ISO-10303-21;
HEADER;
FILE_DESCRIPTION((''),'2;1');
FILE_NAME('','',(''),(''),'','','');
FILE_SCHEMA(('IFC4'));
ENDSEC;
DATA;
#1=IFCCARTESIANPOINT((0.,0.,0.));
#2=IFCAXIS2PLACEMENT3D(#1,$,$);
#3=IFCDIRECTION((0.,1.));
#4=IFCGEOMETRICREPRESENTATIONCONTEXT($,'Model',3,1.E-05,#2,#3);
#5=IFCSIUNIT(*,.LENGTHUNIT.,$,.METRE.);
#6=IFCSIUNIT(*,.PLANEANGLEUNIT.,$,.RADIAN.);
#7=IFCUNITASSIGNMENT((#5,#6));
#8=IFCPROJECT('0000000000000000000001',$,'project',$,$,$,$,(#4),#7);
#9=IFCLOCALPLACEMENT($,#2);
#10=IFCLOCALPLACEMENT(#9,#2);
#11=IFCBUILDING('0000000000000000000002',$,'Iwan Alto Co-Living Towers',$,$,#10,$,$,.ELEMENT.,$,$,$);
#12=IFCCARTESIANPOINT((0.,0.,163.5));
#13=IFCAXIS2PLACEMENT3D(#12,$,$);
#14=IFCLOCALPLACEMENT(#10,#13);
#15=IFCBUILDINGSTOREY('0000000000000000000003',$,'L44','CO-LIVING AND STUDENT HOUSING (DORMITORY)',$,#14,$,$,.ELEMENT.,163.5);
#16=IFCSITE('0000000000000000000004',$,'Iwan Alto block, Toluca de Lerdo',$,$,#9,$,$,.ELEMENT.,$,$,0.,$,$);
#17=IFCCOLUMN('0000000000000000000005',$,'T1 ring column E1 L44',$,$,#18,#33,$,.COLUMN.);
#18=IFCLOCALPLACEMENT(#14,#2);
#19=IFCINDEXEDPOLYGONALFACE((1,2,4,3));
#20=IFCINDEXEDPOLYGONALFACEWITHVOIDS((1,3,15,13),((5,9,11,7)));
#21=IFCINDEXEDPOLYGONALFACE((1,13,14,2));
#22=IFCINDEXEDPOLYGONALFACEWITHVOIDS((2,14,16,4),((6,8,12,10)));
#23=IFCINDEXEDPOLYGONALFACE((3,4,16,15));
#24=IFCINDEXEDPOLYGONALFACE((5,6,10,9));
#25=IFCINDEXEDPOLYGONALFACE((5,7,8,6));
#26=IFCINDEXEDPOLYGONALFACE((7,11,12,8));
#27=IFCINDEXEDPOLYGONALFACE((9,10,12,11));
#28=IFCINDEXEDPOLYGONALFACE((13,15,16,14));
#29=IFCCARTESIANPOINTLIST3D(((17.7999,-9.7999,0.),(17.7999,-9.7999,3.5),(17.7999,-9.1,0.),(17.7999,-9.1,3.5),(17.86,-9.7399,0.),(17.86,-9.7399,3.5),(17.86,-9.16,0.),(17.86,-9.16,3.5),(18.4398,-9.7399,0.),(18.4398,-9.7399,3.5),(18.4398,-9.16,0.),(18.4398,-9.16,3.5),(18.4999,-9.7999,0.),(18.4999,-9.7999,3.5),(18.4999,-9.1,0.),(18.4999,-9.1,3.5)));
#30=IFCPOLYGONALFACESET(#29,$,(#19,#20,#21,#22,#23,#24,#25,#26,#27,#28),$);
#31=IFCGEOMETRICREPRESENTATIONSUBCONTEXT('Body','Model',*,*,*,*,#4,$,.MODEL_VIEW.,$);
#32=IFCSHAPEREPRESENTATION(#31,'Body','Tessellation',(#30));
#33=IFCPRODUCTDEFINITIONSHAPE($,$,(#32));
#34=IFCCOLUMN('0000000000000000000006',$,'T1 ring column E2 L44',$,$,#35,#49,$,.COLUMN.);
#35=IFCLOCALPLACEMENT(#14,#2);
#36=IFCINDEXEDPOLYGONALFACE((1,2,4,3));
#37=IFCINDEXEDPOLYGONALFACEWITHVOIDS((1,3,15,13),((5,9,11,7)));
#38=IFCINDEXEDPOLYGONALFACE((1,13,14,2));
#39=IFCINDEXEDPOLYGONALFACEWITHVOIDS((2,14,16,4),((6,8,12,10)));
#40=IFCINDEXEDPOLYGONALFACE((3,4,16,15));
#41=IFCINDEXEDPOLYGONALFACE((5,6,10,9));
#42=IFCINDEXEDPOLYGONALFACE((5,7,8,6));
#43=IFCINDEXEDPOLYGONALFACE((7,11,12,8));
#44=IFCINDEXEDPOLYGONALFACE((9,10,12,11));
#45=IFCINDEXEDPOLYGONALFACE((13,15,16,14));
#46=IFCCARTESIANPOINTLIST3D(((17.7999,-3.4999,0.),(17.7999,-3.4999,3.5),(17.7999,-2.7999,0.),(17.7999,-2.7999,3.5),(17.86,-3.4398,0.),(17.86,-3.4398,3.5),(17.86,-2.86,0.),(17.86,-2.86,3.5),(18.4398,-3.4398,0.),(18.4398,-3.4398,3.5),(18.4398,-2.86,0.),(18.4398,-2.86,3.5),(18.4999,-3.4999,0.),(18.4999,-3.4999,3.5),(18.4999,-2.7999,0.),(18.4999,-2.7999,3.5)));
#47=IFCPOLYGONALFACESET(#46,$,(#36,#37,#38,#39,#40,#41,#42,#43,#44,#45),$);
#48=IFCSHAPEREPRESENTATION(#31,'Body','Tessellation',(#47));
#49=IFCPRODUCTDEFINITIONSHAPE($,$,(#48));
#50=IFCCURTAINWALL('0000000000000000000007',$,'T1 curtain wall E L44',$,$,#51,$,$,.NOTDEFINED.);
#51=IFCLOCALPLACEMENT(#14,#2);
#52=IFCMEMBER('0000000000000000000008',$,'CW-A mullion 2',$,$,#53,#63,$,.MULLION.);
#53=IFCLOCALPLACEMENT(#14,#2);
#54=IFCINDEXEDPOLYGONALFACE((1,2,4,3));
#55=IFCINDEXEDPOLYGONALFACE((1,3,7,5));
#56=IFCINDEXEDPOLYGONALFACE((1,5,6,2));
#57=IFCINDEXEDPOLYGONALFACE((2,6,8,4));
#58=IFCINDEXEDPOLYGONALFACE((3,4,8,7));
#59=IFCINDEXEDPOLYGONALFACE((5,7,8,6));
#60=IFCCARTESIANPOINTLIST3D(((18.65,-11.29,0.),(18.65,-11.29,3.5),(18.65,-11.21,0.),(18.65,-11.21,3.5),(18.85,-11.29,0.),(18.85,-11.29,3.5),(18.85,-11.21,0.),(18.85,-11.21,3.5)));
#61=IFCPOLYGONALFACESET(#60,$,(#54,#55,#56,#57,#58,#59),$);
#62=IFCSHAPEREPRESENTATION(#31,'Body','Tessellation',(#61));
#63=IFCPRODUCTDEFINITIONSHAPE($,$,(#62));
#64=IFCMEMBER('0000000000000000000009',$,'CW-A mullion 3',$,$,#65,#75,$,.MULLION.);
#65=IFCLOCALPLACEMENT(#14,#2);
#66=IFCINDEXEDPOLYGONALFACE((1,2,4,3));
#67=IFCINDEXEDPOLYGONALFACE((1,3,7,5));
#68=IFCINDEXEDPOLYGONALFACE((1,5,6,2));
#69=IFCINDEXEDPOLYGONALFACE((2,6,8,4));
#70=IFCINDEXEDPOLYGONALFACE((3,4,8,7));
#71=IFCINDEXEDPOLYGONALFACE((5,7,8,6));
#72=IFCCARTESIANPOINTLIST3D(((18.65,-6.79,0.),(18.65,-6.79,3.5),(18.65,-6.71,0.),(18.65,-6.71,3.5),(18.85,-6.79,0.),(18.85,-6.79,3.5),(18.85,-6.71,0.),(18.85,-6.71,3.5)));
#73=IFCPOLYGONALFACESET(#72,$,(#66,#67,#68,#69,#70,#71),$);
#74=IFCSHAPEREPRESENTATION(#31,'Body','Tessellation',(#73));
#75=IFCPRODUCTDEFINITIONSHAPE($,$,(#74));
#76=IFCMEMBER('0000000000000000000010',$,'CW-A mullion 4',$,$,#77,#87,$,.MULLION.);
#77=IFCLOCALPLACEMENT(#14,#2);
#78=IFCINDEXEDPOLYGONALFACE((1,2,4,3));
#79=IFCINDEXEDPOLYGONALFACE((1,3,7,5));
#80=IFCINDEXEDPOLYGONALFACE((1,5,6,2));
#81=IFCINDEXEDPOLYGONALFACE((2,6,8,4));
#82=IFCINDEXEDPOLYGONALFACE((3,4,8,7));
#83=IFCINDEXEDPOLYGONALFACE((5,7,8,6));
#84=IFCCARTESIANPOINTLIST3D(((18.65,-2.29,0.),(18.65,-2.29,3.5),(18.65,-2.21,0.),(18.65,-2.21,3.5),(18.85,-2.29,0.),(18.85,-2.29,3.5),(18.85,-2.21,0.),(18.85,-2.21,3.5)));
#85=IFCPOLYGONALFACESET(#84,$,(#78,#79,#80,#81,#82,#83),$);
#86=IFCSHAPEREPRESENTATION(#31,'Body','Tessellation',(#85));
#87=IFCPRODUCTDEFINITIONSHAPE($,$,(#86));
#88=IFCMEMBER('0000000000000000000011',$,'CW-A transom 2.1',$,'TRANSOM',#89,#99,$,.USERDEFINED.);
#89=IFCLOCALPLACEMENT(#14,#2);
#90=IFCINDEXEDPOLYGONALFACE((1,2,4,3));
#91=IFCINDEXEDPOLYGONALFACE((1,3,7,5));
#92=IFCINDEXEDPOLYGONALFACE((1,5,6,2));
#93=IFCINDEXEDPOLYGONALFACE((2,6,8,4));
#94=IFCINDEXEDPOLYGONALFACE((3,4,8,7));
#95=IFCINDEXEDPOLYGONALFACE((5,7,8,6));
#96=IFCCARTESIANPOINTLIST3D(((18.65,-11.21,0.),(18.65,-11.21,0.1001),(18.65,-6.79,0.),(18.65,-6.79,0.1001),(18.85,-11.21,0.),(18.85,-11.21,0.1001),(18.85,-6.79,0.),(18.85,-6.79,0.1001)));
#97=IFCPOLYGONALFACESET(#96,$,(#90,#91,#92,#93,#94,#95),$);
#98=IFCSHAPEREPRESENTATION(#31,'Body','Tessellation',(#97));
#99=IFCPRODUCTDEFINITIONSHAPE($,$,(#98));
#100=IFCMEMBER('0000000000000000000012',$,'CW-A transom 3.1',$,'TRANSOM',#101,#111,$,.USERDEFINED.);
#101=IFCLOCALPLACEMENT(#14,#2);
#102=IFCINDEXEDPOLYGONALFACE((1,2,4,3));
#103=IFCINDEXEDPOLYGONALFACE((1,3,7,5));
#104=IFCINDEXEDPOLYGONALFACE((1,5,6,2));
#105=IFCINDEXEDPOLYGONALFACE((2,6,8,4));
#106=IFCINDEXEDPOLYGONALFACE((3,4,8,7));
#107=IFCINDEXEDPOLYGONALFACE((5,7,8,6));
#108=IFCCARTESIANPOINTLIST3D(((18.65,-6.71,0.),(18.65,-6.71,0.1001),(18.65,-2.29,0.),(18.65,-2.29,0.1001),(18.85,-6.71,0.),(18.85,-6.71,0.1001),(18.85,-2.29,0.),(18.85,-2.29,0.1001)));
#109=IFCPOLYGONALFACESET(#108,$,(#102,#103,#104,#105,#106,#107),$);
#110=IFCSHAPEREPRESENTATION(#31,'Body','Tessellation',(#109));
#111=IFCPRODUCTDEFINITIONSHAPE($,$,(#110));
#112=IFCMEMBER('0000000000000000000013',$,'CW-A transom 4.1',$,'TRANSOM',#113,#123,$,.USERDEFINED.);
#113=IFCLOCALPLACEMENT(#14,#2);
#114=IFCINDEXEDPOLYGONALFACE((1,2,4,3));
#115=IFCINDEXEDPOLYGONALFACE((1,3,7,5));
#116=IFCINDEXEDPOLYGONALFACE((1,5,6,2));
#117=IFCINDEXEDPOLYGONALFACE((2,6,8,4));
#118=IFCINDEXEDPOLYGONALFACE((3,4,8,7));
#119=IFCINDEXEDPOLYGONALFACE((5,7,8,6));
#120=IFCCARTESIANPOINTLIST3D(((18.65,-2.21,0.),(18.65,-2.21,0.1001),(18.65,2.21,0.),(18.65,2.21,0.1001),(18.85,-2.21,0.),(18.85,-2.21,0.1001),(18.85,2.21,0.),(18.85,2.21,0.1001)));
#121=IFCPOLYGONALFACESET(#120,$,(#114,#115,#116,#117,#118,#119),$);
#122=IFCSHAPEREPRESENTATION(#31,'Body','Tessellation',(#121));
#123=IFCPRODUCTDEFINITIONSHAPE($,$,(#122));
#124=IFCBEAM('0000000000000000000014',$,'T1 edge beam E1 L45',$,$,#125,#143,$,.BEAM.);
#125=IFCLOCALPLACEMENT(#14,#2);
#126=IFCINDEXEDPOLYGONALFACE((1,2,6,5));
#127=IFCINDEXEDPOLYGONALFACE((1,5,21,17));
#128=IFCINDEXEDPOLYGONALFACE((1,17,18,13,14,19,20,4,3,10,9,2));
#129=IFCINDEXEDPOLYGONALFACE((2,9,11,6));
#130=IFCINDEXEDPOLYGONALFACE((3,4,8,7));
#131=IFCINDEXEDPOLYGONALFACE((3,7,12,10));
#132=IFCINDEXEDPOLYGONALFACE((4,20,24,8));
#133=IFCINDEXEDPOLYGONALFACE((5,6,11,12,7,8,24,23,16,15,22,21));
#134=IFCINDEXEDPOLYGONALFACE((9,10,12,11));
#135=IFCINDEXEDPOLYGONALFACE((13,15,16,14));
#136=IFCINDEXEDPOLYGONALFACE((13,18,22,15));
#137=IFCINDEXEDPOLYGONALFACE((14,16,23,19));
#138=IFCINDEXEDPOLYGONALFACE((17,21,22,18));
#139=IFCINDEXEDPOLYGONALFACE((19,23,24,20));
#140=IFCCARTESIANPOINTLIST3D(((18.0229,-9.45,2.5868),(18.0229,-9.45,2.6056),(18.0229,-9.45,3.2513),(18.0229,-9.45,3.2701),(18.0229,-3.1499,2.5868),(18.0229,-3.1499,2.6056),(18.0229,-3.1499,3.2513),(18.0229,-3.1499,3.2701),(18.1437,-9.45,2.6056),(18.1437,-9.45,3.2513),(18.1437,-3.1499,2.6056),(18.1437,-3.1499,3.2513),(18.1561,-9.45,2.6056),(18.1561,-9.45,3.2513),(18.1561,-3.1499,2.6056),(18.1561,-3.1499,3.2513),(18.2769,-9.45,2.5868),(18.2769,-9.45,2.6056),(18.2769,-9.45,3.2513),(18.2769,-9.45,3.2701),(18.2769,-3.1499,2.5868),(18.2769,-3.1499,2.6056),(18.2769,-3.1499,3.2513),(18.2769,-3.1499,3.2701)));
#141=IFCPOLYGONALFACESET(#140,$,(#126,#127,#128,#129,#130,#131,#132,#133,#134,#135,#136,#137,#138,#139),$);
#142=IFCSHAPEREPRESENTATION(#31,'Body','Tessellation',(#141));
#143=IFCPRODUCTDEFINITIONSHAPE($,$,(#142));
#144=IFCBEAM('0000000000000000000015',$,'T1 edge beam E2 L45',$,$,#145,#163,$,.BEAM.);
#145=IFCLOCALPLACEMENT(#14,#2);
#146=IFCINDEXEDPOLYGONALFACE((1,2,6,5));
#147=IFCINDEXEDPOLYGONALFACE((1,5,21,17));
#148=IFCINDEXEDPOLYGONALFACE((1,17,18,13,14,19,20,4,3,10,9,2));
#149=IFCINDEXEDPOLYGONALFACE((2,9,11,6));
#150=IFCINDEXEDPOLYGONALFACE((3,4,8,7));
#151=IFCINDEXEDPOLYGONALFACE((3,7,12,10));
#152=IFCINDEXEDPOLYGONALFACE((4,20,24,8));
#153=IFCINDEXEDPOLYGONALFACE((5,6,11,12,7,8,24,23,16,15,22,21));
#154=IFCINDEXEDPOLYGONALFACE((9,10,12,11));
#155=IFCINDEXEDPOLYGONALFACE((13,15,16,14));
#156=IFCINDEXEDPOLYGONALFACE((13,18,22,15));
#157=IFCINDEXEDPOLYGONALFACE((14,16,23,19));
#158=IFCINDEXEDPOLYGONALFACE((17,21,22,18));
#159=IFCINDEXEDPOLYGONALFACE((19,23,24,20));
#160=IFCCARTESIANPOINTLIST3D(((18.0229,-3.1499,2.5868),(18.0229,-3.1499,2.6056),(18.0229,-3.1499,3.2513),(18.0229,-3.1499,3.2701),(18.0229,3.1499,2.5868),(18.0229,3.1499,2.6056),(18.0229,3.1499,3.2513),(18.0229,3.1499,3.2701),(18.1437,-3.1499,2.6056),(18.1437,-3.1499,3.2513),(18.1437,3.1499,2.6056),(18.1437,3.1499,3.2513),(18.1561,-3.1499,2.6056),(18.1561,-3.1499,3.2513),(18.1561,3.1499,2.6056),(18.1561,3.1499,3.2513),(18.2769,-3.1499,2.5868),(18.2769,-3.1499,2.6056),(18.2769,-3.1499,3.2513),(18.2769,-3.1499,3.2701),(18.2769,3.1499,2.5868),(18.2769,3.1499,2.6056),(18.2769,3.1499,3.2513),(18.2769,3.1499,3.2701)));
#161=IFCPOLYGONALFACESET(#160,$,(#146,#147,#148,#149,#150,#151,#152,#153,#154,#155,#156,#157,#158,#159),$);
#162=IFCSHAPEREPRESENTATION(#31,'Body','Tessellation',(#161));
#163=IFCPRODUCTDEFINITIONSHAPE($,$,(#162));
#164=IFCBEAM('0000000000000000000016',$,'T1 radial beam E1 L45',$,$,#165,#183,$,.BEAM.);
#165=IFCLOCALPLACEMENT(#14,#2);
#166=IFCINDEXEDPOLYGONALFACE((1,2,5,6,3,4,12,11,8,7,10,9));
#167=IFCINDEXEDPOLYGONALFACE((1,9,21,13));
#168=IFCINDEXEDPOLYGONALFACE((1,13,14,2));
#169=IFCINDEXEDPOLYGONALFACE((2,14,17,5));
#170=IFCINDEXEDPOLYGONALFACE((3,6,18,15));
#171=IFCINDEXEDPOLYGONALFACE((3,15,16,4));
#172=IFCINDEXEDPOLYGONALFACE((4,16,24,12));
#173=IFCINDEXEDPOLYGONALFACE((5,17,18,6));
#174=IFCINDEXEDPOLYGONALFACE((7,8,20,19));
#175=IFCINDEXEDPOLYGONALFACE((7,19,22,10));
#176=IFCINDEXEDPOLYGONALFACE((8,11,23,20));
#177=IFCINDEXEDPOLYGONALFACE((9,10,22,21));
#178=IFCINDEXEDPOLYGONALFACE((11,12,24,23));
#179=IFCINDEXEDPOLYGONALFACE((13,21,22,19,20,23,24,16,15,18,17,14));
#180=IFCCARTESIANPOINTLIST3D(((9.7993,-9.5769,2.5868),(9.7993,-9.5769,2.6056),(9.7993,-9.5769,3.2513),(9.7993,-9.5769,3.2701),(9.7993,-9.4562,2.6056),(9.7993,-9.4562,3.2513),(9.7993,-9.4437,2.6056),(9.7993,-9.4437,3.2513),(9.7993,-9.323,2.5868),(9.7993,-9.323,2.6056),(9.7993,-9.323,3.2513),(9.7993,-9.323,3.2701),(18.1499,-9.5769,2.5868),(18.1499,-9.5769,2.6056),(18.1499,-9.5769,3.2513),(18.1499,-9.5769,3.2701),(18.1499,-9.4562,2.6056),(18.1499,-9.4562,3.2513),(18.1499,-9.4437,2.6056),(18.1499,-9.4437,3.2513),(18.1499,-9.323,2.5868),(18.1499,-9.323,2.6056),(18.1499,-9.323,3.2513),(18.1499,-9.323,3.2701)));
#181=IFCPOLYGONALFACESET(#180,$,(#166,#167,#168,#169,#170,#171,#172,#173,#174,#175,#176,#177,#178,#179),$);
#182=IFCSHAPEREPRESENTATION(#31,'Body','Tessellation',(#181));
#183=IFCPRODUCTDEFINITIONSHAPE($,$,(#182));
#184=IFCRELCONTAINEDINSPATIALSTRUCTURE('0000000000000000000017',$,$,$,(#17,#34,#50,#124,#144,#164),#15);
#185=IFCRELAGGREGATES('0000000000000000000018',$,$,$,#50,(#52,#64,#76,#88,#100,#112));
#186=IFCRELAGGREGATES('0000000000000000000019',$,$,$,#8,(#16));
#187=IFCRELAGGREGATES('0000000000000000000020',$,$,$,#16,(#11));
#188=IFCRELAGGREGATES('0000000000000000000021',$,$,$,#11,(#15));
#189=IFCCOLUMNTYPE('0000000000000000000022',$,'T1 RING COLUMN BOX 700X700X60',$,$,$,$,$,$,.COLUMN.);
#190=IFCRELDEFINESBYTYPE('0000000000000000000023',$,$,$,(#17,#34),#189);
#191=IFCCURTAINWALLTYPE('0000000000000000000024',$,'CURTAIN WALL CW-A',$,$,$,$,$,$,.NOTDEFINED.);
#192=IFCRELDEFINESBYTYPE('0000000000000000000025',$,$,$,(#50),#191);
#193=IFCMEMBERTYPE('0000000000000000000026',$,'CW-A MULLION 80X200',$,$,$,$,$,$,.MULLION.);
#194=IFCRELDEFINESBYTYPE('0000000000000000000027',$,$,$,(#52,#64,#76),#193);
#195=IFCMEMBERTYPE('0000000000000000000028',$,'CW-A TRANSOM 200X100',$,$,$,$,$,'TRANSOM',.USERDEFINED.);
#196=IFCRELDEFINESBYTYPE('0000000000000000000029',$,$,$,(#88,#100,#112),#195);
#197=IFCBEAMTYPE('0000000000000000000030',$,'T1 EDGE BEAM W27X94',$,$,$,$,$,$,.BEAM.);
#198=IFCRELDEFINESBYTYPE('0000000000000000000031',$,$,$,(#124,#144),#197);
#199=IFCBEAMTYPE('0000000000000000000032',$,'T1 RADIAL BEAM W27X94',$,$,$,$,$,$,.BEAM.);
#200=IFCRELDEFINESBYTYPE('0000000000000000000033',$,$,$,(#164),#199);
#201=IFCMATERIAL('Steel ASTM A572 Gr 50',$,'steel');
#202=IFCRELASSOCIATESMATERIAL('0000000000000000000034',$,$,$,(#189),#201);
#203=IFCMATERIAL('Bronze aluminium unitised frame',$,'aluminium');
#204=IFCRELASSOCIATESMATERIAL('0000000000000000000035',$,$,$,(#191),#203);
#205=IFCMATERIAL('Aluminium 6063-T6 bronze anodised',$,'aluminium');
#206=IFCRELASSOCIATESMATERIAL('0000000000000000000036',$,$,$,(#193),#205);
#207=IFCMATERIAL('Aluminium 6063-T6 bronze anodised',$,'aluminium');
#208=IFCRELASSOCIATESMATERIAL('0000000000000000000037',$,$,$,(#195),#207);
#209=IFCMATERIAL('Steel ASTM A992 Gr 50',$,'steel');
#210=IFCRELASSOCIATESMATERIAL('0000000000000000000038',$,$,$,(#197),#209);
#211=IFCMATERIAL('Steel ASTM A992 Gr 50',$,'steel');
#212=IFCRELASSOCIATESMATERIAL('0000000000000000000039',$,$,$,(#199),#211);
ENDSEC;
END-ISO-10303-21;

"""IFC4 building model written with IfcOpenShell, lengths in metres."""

from ifc_helpers import new_model, si_unit, direction, frame, origin, origin_2d, place, context, subcontext, project, spatial, rectangle, hollow_rectangle, i_section, extrude, material, material_profile, profile_set, type_object, element, aggregate, save


model = new_model("IFC4")

# Units and contexts
model_context = context("Model", 3, precision=1e-05, world=origin(), true_north=direction((0.0, 1.0)))
body_context = subcontext(model_context, "Body", "Model", "MODEL_VIEW")
ifc_project = project(units=[si_unit("LENGTHUNIT", "METRE"), si_unit("PLANEANGLEUNIT", "RADIAN")], contexts=[model_context])

# Site, building, storey
site_placement = place(None, origin())
site = spatial("IfcSite", under=ifc_project, at=site_placement, Name="Iwan Alto block, Toluca de Lerdo", CompositionType="ELEMENT", RefElevation=0.0)
building_placement = place(site_placement, origin())
building = spatial("IfcBuilding", under=site, at=building_placement, Name="Iwan Alto Co-Living Towers", CompositionType="ELEMENT")
storey_placement = place(building_placement, frame((0.0, 0.0, 163.5)))
storey = spatial("IfcBuildingStorey", under=building, at=storey_placement, Name="L44", Description="CO-LIVING AND STUDENT HOUSING (DORMITORY)", CompositionType="ELEMENT", Elevation=163.5)

# Columns
ifc_material_1 = material(Name="Steel ASTM A572 Gr 50", Category="steel")
ifc_material_profile_1 = material_profile(ifc_material_1, hollow_rectangle(XDim=0.7, YDim=0.7, WallThickness=0.0601, at=origin_2d()), Name="BOX 700X700X60")
ifc_profile_set_1 = profile_set([ifc_material_profile_1], Name="Steel ASTM A572 Gr 50")
column_type = type_object("IfcColumnType", Name="T1 RING COLUMN BOX 700X700X60", PredefinedType="COLUMN", material=ifc_profile_set_1)
for number, where, z_axis, x_axis, name in (
    (1, (18.1499, -9.45, 0.0), (0.0, 0.0, 1.0), (1.0, 0.0, 0.0), "T1 ring column E1 L44"),
    (2, (18.1499, -3.1499, 0.0), (0.0, 0.0, 1.0), (1.0, 0.0, 0.0), "T1 ring column E2 L44"),
):
    element("IfcColumn", number, at=place(storey_placement, frame(where, z_axis=z_axis, x_axis=x_axis)), inside=storey, type_object=column_type, Name=name, PredefinedType="COLUMN", context=body_context, shape_type="SweptSolid", body=[
        extrude(hollow_rectangle(XDim=0.7, YDim=0.7, WallThickness=0.0601, at=origin_2d()), origin(), (0.0, 0.0, 1.0), 3.5),
    ])

# Curtain wall, members
ifc_material_2 = material(Name="Bronze aluminium unitised frame", Category="aluminium")
curtain_wall_type = type_object("IfcCurtainWallType", Name="CURTAIN WALL CW-A", PredefinedType="NOTDEFINED", material=ifc_material_2)
curtain_wall_placement = place(storey_placement, origin())
curtain_wall = element("IfcCurtainWall", 3, at=curtain_wall_placement, inside=storey, type_object=curtain_wall_type, Name="T1 curtain wall E L44", PredefinedType="NOTDEFINED")
ifc_material_3 = material(Name="Aluminium 6063-T6 bronze anodised", Category="aluminium")
ifc_material_profile_2 = material_profile(ifc_material_3, rectangle(XDim=0.2, YDim=0.0801, at=origin_2d()), Name="AL 80X200")
ifc_profile_set_2 = profile_set([ifc_material_profile_2], Name="Aluminium 6063-T6 bronze anodised")
member_type_1 = type_object("IfcMemberType", Name="CW-A MULLION 80X200", PredefinedType="MULLION", material=ifc_profile_set_2)
member_1_placement = place(storey_placement, frame((18.75, -11.25, 0.0), z_axis=(0.0, 0.0, 1.0), x_axis=(-1.0, 0.0, 0.0)))
member_1 = element("IfcMember", 4, at=member_1_placement, type_object=member_type_1, Name="CW-A mullion 2", PredefinedType="MULLION", context=body_context, shape_type="SweptSolid", body=[
    extrude(rectangle(XDim=0.2, YDim=0.0801, at=origin_2d()), origin(), (0.0, 0.0, 1.0), 3.5),
])
member_2_placement = place(storey_placement, frame((18.75, -6.75, 0.0), z_axis=(0.0, 0.0, 1.0), x_axis=(-1.0, 0.0, 0.0)))
member_2 = element("IfcMember", 5, at=member_2_placement, type_object=member_type_1, Name="CW-A mullion 3", PredefinedType="MULLION", context=body_context, shape_type="SweptSolid", body=[
    extrude(rectangle(XDim=0.2, YDim=0.0801, at=origin_2d()), origin(), (0.0, 0.0, 1.0), 3.5),
])
member_3_placement = place(storey_placement, frame((18.75, -2.25, 0.0), z_axis=(0.0, 0.0, 1.0), x_axis=(-1.0, 0.0, 0.0)))
member_3 = element("IfcMember", 6, at=member_3_placement, type_object=member_type_1, Name="CW-A mullion 4", PredefinedType="MULLION", context=body_context, shape_type="SweptSolid", body=[
    extrude(rectangle(XDim=0.2, YDim=0.0801, at=origin_2d()), origin(), (0.0, 0.0, 1.0), 3.5),
])
ifc_material_4 = material(Name="Aluminium 6063-T6 bronze anodised", Category="aluminium")
ifc_material_profile_3 = material_profile(ifc_material_4, rectangle(XDim=0.2, YDim=0.1001, at=origin_2d()), Name="AL 200X100")
ifc_profile_set_3 = profile_set([ifc_material_profile_3], Name="Aluminium 6063-T6 bronze anodised")
member_type_2 = type_object("IfcMemberType", Name="CW-A TRANSOM 200X100", ElementType="TRANSOM", PredefinedType="USERDEFINED", material=ifc_profile_set_3)
member_4_placement = place(storey_placement, frame((18.75, -11.21, 0.05), z_axis=(0.0, 1.0, 0.0), x_axis=(-1.0, 0.0, 0.0)))
member_4 = element("IfcMember", 7, at=member_4_placement, type_object=member_type_2, Name="CW-A transom 2.1", ObjectType="TRANSOM", PredefinedType="USERDEFINED", context=body_context, shape_type="SweptSolid", body=[
    extrude(rectangle(XDim=0.2, YDim=0.1001, at=origin_2d()), origin(), (0.0, 0.0, 1.0), 4.4199),
])
member_5_placement = place(storey_placement, frame((18.75, -6.71, 0.05), z_axis=(0.0, 1.0, 0.0), x_axis=(-1.0, 0.0, 0.0)))
member_5 = element("IfcMember", 8, at=member_5_placement, type_object=member_type_2, Name="CW-A transom 3.1", ObjectType="TRANSOM", PredefinedType="USERDEFINED", context=body_context, shape_type="SweptSolid", body=[
    extrude(rectangle(XDim=0.2, YDim=0.1001, at=origin_2d()), origin(), (0.0, 0.0, 1.0), 4.4199),
])
member_6_placement = place(storey_placement, frame((18.75, -2.21, 0.05), z_axis=(0.0, 1.0, 0.0), x_axis=(-1.0, 0.0, 0.0)))
member_6 = element("IfcMember", 9, at=member_6_placement, type_object=member_type_2, Name="CW-A transom 4.1", ObjectType="TRANSOM", PredefinedType="USERDEFINED", context=body_context, shape_type="SweptSolid", body=[
    extrude(rectangle(XDim=0.2, YDim=0.1001, at=origin_2d()), origin(), (0.0, 0.0, 1.0), 4.4199),
])

# Beams
ifc_material_5 = material(Name="Steel ASTM A992 Gr 50", Category="steel")
ifc_material_profile_4 = material_profile(ifc_material_5, i_section(OverallWidth=0.2539, OverallDepth=0.6833, WebThickness=0.0125, FlangeThickness=0.0188, at=origin_2d()), Name="W27X94")
ifc_profile_set_4 = profile_set([ifc_material_profile_4], Name="Steel ASTM A992 Gr 50")
beam_type_1 = type_object("IfcBeamType", Name="T1 EDGE BEAM W27X94", PredefinedType="BEAM", material=ifc_profile_set_4)
beam_1_placement = place(storey_placement, frame((18.1499, -9.45, 2.9285), z_axis=(0.0, 1.0, 0.0), x_axis=(-1.0, 0.0, 0.0)))
element("IfcBeam", 10, at=beam_1_placement, inside=storey, type_object=beam_type_1, Name="T1 edge beam E1 L45", PredefinedType="BEAM", context=body_context, shape_type="SweptSolid", body=[
    extrude(i_section(OverallWidth=0.2539, OverallDepth=0.6833, WebThickness=0.0125, FlangeThickness=0.0188, at=origin_2d()), origin(), (0.0, 0.0, 1.0), 6.3),
])
beam_2_placement = place(storey_placement, frame((18.1499, -3.1499, 2.9285), z_axis=(0.0, 1.0, 0.0), x_axis=(-1.0, 0.0, 0.0)))
element("IfcBeam", 11, at=beam_2_placement, inside=storey, type_object=beam_type_1, Name="T1 edge beam E2 L45", PredefinedType="BEAM", context=body_context, shape_type="SweptSolid", body=[
    extrude(i_section(OverallWidth=0.2539, OverallDepth=0.6833, WebThickness=0.0125, FlangeThickness=0.0188, at=origin_2d()), origin(), (0.0, 0.0, 1.0), 6.2998),
])
ifc_material_6 = material(Name="Steel ASTM A992 Gr 50", Category="steel")
ifc_material_profile_5 = material_profile(ifc_material_6, i_section(OverallWidth=0.2539, OverallDepth=0.6833, WebThickness=0.0125, FlangeThickness=0.0188, at=origin_2d()), Name="W27X94")
ifc_profile_set_5 = profile_set([ifc_material_profile_5], Name="Steel ASTM A992 Gr 50")
beam_type_2 = type_object("IfcBeamType", Name="T1 RADIAL BEAM W27X94", PredefinedType="BEAM", material=ifc_profile_set_5)
for number, where, z_axis, x_axis, name in (
    (12, (18.1499, -9.45, 2.9285), (-1.0, 0.0, 0.0), (0.0, -1.0, 0.0), "T1 radial beam E1 L45"),
):
    element("IfcBeam", number, at=place(storey_placement, frame(where, z_axis=z_axis, x_axis=x_axis)), inside=storey, type_object=beam_type_2, Name=name, PredefinedType="BEAM", context=body_context, shape_type="SweptSolid", body=[
        extrude(i_section(OverallWidth=0.2539, OverallDepth=0.6833, WebThickness=0.0125, FlangeThickness=0.0188, at=origin_2d()), origin(), (0.0, 0.0, 1.0), 8.3506),
    ])

aggregate(curtain_wall, [member_1, member_2, member_3, member_4, member_5, member_6])

save(model, "model.ifc")
